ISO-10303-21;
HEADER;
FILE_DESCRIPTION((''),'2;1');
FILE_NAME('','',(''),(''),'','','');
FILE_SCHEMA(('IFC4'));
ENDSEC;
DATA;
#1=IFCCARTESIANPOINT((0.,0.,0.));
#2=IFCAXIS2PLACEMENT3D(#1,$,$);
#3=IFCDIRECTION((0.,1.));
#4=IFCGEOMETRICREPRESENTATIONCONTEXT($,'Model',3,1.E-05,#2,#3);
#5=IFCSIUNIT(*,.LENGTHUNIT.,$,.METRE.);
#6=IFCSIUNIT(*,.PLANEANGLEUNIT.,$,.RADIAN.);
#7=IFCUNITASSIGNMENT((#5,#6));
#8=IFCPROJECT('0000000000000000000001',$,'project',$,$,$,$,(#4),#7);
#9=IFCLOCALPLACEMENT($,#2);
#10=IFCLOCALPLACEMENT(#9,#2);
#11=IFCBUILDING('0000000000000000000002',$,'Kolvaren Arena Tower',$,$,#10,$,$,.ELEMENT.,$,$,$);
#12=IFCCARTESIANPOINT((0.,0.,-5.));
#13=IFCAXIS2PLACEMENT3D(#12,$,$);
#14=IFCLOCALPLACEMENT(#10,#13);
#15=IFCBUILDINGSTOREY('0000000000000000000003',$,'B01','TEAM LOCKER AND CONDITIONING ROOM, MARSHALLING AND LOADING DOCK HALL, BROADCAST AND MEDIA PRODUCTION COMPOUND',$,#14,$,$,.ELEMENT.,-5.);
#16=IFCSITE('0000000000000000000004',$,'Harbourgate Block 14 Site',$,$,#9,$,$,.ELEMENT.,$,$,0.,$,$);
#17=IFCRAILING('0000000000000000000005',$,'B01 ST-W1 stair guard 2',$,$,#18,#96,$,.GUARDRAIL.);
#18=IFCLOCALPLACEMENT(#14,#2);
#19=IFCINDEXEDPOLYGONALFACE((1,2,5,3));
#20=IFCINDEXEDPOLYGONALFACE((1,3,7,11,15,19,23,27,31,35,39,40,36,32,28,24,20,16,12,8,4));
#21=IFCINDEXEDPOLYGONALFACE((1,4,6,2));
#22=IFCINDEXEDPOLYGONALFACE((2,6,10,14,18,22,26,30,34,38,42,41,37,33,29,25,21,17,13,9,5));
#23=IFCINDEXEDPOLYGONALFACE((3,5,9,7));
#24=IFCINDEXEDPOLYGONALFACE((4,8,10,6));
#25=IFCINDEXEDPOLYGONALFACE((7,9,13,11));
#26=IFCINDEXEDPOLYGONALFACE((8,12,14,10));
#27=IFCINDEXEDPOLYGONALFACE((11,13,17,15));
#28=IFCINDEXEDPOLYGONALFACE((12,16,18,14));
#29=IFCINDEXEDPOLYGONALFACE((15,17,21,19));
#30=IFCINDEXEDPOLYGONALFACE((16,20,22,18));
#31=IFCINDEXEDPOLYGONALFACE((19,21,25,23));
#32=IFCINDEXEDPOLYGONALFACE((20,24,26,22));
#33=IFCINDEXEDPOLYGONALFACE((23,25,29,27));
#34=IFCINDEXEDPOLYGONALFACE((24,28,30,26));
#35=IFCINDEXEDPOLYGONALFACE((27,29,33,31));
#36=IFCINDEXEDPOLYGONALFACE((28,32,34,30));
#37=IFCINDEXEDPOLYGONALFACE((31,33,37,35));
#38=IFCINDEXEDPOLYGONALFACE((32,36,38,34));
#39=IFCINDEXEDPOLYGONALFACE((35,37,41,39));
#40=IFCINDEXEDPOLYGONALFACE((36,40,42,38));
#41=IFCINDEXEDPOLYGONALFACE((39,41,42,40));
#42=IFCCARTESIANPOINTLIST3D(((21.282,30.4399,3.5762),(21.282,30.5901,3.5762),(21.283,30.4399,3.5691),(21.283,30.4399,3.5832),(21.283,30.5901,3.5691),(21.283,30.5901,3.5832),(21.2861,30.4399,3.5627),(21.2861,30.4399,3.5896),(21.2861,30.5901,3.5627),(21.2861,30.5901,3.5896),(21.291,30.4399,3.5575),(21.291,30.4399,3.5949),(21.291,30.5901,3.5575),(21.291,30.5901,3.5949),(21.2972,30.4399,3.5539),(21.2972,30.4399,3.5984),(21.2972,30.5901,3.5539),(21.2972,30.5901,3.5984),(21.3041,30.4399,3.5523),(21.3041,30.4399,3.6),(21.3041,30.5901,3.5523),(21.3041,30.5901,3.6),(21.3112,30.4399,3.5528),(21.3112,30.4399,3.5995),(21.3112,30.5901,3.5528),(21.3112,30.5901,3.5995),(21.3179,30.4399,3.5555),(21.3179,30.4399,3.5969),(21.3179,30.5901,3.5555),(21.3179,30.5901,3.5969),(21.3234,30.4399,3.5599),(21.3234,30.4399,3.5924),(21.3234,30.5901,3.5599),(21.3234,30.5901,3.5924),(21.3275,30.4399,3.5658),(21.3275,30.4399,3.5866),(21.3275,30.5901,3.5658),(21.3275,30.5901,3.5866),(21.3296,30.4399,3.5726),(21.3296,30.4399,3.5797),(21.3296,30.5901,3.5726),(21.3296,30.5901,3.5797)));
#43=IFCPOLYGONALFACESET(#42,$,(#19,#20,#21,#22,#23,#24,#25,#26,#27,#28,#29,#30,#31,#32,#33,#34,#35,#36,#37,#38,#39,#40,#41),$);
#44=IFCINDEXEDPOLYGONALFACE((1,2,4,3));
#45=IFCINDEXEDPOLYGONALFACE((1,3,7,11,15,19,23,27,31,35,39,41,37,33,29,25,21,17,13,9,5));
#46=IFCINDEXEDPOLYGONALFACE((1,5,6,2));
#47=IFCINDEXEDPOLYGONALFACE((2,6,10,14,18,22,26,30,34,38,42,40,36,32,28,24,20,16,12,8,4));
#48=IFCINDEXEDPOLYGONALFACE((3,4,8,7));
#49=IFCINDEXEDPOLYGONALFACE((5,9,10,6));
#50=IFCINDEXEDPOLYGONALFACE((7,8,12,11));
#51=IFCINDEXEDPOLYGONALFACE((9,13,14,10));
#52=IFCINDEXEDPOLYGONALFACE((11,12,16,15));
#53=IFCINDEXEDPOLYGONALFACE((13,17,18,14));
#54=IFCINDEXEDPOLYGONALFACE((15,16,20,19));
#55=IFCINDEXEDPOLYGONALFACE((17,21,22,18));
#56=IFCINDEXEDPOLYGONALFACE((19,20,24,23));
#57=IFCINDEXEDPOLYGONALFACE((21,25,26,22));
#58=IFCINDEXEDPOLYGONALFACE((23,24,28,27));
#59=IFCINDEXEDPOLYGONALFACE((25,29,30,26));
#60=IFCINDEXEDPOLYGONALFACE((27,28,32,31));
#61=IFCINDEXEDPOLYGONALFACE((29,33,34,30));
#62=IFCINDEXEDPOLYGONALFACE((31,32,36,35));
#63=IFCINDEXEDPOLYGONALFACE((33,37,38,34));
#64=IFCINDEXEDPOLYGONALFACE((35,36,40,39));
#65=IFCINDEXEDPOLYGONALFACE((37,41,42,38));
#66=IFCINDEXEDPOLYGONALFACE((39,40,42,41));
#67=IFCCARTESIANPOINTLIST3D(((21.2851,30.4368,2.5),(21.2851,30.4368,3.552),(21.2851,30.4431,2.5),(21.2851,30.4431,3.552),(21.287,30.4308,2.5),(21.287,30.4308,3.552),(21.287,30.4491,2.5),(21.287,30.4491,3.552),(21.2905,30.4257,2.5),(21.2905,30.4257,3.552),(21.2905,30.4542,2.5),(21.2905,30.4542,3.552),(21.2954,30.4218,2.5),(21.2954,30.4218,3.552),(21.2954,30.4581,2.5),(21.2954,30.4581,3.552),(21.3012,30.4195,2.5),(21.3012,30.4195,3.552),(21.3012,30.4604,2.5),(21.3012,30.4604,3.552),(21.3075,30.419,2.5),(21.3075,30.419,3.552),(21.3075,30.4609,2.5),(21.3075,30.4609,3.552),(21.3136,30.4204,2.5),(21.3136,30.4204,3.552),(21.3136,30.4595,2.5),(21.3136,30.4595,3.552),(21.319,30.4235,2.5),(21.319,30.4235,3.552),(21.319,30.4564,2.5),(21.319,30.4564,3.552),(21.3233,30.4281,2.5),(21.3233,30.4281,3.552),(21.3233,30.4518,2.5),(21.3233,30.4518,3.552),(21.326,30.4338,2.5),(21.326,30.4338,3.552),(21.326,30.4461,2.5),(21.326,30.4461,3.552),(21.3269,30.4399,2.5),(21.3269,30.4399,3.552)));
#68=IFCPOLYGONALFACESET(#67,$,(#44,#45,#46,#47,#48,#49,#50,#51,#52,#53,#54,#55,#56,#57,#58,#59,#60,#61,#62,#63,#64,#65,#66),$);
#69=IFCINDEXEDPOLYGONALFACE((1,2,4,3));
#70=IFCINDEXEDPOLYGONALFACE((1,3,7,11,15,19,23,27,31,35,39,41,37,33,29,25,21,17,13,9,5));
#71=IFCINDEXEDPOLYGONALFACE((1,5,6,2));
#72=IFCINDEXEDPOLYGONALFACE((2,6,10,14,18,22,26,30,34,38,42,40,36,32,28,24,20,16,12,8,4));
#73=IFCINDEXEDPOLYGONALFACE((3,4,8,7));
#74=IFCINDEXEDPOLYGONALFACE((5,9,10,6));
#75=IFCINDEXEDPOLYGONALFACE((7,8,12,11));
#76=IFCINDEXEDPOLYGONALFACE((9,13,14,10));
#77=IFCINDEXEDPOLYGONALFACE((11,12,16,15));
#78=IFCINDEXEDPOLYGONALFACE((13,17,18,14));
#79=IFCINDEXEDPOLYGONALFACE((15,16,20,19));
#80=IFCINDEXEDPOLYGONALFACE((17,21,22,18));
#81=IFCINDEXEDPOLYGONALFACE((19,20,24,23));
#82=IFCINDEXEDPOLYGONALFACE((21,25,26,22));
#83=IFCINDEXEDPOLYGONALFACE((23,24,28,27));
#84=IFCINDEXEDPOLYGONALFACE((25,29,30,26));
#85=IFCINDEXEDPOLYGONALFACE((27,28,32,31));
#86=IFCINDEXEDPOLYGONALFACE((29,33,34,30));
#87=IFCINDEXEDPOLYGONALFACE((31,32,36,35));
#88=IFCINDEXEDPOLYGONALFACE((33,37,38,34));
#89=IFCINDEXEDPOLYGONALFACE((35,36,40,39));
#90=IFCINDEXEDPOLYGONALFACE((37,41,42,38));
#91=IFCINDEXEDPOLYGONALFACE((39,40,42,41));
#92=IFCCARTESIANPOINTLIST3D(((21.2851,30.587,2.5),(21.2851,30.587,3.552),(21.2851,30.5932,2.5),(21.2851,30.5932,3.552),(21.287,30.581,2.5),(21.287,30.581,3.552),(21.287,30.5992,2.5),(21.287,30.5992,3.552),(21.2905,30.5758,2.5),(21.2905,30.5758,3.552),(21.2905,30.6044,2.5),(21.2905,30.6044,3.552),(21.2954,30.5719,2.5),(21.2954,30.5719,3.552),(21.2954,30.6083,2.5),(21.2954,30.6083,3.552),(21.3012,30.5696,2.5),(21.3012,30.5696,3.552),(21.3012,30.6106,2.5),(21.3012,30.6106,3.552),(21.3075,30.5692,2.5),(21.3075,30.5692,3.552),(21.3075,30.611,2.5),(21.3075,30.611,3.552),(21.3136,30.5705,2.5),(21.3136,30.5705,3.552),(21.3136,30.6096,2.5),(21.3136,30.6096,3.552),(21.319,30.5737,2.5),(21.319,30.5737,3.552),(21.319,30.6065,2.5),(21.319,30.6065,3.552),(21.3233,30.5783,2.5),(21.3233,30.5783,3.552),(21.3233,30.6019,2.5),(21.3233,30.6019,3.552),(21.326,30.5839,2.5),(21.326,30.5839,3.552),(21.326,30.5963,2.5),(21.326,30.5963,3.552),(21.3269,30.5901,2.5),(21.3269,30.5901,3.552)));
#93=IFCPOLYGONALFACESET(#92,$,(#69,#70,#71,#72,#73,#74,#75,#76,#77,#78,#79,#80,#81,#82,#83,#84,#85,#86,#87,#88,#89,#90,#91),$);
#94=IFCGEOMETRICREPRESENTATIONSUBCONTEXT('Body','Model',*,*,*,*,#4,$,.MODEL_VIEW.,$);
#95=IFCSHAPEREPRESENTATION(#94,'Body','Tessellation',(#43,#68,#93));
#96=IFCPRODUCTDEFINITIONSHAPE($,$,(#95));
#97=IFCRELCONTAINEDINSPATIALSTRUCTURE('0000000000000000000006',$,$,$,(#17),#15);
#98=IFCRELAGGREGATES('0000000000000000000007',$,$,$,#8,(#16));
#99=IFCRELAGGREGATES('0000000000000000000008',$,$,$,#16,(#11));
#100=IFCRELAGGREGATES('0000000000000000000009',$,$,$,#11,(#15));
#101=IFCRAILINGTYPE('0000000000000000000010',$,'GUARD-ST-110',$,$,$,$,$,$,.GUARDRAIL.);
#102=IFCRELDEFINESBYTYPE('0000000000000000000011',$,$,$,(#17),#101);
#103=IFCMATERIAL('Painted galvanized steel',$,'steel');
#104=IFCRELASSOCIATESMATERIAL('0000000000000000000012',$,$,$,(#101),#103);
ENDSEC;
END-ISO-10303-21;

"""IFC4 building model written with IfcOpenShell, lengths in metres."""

from ifc_helpers import new_model, si_unit, direction, frame, origin, origin_2d, place, context, subcontext, project, spatial, circle, extrude, material, type_object, element, save


model = new_model("IFC4")

# Units and contexts
model_context = context("Model", 3, precision=1e-05, world=origin(), true_north=direction((0.0, 1.0)))
body_context = subcontext(model_context, "Body", "Model", "MODEL_VIEW")
ifc_project = project(units=[si_unit("LENGTHUNIT", "METRE"), si_unit("PLANEANGLEUNIT", "RADIAN")], contexts=[model_context])

# Site, building, storey
site_placement = place(None, origin())
site = spatial("IfcSite", under=ifc_project, at=site_placement, Name="Harbourgate Block 14 Site", CompositionType="ELEMENT", RefElevation=0.0)
building_placement = place(site_placement, origin())
building = spatial("IfcBuilding", under=site, at=building_placement, Name="Kolvaren Arena Tower", CompositionType="ELEMENT")
storey_placement = place(building_placement, frame((0.0, 0.0, -5.0)))
storey = spatial("IfcBuildingStorey", under=building, at=storey_placement, Name="B01", Description="TEAM LOCKER AND CONDITIONING ROOM, MARSHALLING AND LOADING DOCK HALL, BROADCAST AND MEDIA PRODUCTION COMPOUND", CompositionType="ELEMENT", Elevation=-5.0)

# Railing
ifc_material_1 = material(Name="Painted galvanized steel", Category="steel")
railing_type_1 = type_object("IfcRailingType", Name="GUARD-ST-110", PredefinedType="GUARDRAIL", material=ifc_material_1)
railing_1_placement = place(storey_placement, frame((21.3059, 30.4399, 2.5)))
element("IfcRailing", 1, at=railing_1_placement, inside=storey, type_object=railing_type_1, Name="B01 ST-W1 stair guard 2", PredefinedType="GUARDRAIL", context=body_context, shape_type="SweptSolid", body=[
    extrude(circle(Radius=0.0239, at=origin_2d()), frame((0.0, 0.0, 1.0762), z_axis=(0.0, 1.0, 0.0), x_axis=(-1.0, 0.0, 0.0)), (0.0, 0.0, 1.0), 0.1501),
    extrude(circle(Radius=0.021, at=origin_2d()), origin(), (0.0, 0.0, 1.0), 1.052),
    extrude(circle(Radius=0.021, at=origin_2d()), frame((0.0, 0.1501, 0.0)), (0.0, 0.0, 1.0), 1.052),
])

save(model, "model.ifc")
